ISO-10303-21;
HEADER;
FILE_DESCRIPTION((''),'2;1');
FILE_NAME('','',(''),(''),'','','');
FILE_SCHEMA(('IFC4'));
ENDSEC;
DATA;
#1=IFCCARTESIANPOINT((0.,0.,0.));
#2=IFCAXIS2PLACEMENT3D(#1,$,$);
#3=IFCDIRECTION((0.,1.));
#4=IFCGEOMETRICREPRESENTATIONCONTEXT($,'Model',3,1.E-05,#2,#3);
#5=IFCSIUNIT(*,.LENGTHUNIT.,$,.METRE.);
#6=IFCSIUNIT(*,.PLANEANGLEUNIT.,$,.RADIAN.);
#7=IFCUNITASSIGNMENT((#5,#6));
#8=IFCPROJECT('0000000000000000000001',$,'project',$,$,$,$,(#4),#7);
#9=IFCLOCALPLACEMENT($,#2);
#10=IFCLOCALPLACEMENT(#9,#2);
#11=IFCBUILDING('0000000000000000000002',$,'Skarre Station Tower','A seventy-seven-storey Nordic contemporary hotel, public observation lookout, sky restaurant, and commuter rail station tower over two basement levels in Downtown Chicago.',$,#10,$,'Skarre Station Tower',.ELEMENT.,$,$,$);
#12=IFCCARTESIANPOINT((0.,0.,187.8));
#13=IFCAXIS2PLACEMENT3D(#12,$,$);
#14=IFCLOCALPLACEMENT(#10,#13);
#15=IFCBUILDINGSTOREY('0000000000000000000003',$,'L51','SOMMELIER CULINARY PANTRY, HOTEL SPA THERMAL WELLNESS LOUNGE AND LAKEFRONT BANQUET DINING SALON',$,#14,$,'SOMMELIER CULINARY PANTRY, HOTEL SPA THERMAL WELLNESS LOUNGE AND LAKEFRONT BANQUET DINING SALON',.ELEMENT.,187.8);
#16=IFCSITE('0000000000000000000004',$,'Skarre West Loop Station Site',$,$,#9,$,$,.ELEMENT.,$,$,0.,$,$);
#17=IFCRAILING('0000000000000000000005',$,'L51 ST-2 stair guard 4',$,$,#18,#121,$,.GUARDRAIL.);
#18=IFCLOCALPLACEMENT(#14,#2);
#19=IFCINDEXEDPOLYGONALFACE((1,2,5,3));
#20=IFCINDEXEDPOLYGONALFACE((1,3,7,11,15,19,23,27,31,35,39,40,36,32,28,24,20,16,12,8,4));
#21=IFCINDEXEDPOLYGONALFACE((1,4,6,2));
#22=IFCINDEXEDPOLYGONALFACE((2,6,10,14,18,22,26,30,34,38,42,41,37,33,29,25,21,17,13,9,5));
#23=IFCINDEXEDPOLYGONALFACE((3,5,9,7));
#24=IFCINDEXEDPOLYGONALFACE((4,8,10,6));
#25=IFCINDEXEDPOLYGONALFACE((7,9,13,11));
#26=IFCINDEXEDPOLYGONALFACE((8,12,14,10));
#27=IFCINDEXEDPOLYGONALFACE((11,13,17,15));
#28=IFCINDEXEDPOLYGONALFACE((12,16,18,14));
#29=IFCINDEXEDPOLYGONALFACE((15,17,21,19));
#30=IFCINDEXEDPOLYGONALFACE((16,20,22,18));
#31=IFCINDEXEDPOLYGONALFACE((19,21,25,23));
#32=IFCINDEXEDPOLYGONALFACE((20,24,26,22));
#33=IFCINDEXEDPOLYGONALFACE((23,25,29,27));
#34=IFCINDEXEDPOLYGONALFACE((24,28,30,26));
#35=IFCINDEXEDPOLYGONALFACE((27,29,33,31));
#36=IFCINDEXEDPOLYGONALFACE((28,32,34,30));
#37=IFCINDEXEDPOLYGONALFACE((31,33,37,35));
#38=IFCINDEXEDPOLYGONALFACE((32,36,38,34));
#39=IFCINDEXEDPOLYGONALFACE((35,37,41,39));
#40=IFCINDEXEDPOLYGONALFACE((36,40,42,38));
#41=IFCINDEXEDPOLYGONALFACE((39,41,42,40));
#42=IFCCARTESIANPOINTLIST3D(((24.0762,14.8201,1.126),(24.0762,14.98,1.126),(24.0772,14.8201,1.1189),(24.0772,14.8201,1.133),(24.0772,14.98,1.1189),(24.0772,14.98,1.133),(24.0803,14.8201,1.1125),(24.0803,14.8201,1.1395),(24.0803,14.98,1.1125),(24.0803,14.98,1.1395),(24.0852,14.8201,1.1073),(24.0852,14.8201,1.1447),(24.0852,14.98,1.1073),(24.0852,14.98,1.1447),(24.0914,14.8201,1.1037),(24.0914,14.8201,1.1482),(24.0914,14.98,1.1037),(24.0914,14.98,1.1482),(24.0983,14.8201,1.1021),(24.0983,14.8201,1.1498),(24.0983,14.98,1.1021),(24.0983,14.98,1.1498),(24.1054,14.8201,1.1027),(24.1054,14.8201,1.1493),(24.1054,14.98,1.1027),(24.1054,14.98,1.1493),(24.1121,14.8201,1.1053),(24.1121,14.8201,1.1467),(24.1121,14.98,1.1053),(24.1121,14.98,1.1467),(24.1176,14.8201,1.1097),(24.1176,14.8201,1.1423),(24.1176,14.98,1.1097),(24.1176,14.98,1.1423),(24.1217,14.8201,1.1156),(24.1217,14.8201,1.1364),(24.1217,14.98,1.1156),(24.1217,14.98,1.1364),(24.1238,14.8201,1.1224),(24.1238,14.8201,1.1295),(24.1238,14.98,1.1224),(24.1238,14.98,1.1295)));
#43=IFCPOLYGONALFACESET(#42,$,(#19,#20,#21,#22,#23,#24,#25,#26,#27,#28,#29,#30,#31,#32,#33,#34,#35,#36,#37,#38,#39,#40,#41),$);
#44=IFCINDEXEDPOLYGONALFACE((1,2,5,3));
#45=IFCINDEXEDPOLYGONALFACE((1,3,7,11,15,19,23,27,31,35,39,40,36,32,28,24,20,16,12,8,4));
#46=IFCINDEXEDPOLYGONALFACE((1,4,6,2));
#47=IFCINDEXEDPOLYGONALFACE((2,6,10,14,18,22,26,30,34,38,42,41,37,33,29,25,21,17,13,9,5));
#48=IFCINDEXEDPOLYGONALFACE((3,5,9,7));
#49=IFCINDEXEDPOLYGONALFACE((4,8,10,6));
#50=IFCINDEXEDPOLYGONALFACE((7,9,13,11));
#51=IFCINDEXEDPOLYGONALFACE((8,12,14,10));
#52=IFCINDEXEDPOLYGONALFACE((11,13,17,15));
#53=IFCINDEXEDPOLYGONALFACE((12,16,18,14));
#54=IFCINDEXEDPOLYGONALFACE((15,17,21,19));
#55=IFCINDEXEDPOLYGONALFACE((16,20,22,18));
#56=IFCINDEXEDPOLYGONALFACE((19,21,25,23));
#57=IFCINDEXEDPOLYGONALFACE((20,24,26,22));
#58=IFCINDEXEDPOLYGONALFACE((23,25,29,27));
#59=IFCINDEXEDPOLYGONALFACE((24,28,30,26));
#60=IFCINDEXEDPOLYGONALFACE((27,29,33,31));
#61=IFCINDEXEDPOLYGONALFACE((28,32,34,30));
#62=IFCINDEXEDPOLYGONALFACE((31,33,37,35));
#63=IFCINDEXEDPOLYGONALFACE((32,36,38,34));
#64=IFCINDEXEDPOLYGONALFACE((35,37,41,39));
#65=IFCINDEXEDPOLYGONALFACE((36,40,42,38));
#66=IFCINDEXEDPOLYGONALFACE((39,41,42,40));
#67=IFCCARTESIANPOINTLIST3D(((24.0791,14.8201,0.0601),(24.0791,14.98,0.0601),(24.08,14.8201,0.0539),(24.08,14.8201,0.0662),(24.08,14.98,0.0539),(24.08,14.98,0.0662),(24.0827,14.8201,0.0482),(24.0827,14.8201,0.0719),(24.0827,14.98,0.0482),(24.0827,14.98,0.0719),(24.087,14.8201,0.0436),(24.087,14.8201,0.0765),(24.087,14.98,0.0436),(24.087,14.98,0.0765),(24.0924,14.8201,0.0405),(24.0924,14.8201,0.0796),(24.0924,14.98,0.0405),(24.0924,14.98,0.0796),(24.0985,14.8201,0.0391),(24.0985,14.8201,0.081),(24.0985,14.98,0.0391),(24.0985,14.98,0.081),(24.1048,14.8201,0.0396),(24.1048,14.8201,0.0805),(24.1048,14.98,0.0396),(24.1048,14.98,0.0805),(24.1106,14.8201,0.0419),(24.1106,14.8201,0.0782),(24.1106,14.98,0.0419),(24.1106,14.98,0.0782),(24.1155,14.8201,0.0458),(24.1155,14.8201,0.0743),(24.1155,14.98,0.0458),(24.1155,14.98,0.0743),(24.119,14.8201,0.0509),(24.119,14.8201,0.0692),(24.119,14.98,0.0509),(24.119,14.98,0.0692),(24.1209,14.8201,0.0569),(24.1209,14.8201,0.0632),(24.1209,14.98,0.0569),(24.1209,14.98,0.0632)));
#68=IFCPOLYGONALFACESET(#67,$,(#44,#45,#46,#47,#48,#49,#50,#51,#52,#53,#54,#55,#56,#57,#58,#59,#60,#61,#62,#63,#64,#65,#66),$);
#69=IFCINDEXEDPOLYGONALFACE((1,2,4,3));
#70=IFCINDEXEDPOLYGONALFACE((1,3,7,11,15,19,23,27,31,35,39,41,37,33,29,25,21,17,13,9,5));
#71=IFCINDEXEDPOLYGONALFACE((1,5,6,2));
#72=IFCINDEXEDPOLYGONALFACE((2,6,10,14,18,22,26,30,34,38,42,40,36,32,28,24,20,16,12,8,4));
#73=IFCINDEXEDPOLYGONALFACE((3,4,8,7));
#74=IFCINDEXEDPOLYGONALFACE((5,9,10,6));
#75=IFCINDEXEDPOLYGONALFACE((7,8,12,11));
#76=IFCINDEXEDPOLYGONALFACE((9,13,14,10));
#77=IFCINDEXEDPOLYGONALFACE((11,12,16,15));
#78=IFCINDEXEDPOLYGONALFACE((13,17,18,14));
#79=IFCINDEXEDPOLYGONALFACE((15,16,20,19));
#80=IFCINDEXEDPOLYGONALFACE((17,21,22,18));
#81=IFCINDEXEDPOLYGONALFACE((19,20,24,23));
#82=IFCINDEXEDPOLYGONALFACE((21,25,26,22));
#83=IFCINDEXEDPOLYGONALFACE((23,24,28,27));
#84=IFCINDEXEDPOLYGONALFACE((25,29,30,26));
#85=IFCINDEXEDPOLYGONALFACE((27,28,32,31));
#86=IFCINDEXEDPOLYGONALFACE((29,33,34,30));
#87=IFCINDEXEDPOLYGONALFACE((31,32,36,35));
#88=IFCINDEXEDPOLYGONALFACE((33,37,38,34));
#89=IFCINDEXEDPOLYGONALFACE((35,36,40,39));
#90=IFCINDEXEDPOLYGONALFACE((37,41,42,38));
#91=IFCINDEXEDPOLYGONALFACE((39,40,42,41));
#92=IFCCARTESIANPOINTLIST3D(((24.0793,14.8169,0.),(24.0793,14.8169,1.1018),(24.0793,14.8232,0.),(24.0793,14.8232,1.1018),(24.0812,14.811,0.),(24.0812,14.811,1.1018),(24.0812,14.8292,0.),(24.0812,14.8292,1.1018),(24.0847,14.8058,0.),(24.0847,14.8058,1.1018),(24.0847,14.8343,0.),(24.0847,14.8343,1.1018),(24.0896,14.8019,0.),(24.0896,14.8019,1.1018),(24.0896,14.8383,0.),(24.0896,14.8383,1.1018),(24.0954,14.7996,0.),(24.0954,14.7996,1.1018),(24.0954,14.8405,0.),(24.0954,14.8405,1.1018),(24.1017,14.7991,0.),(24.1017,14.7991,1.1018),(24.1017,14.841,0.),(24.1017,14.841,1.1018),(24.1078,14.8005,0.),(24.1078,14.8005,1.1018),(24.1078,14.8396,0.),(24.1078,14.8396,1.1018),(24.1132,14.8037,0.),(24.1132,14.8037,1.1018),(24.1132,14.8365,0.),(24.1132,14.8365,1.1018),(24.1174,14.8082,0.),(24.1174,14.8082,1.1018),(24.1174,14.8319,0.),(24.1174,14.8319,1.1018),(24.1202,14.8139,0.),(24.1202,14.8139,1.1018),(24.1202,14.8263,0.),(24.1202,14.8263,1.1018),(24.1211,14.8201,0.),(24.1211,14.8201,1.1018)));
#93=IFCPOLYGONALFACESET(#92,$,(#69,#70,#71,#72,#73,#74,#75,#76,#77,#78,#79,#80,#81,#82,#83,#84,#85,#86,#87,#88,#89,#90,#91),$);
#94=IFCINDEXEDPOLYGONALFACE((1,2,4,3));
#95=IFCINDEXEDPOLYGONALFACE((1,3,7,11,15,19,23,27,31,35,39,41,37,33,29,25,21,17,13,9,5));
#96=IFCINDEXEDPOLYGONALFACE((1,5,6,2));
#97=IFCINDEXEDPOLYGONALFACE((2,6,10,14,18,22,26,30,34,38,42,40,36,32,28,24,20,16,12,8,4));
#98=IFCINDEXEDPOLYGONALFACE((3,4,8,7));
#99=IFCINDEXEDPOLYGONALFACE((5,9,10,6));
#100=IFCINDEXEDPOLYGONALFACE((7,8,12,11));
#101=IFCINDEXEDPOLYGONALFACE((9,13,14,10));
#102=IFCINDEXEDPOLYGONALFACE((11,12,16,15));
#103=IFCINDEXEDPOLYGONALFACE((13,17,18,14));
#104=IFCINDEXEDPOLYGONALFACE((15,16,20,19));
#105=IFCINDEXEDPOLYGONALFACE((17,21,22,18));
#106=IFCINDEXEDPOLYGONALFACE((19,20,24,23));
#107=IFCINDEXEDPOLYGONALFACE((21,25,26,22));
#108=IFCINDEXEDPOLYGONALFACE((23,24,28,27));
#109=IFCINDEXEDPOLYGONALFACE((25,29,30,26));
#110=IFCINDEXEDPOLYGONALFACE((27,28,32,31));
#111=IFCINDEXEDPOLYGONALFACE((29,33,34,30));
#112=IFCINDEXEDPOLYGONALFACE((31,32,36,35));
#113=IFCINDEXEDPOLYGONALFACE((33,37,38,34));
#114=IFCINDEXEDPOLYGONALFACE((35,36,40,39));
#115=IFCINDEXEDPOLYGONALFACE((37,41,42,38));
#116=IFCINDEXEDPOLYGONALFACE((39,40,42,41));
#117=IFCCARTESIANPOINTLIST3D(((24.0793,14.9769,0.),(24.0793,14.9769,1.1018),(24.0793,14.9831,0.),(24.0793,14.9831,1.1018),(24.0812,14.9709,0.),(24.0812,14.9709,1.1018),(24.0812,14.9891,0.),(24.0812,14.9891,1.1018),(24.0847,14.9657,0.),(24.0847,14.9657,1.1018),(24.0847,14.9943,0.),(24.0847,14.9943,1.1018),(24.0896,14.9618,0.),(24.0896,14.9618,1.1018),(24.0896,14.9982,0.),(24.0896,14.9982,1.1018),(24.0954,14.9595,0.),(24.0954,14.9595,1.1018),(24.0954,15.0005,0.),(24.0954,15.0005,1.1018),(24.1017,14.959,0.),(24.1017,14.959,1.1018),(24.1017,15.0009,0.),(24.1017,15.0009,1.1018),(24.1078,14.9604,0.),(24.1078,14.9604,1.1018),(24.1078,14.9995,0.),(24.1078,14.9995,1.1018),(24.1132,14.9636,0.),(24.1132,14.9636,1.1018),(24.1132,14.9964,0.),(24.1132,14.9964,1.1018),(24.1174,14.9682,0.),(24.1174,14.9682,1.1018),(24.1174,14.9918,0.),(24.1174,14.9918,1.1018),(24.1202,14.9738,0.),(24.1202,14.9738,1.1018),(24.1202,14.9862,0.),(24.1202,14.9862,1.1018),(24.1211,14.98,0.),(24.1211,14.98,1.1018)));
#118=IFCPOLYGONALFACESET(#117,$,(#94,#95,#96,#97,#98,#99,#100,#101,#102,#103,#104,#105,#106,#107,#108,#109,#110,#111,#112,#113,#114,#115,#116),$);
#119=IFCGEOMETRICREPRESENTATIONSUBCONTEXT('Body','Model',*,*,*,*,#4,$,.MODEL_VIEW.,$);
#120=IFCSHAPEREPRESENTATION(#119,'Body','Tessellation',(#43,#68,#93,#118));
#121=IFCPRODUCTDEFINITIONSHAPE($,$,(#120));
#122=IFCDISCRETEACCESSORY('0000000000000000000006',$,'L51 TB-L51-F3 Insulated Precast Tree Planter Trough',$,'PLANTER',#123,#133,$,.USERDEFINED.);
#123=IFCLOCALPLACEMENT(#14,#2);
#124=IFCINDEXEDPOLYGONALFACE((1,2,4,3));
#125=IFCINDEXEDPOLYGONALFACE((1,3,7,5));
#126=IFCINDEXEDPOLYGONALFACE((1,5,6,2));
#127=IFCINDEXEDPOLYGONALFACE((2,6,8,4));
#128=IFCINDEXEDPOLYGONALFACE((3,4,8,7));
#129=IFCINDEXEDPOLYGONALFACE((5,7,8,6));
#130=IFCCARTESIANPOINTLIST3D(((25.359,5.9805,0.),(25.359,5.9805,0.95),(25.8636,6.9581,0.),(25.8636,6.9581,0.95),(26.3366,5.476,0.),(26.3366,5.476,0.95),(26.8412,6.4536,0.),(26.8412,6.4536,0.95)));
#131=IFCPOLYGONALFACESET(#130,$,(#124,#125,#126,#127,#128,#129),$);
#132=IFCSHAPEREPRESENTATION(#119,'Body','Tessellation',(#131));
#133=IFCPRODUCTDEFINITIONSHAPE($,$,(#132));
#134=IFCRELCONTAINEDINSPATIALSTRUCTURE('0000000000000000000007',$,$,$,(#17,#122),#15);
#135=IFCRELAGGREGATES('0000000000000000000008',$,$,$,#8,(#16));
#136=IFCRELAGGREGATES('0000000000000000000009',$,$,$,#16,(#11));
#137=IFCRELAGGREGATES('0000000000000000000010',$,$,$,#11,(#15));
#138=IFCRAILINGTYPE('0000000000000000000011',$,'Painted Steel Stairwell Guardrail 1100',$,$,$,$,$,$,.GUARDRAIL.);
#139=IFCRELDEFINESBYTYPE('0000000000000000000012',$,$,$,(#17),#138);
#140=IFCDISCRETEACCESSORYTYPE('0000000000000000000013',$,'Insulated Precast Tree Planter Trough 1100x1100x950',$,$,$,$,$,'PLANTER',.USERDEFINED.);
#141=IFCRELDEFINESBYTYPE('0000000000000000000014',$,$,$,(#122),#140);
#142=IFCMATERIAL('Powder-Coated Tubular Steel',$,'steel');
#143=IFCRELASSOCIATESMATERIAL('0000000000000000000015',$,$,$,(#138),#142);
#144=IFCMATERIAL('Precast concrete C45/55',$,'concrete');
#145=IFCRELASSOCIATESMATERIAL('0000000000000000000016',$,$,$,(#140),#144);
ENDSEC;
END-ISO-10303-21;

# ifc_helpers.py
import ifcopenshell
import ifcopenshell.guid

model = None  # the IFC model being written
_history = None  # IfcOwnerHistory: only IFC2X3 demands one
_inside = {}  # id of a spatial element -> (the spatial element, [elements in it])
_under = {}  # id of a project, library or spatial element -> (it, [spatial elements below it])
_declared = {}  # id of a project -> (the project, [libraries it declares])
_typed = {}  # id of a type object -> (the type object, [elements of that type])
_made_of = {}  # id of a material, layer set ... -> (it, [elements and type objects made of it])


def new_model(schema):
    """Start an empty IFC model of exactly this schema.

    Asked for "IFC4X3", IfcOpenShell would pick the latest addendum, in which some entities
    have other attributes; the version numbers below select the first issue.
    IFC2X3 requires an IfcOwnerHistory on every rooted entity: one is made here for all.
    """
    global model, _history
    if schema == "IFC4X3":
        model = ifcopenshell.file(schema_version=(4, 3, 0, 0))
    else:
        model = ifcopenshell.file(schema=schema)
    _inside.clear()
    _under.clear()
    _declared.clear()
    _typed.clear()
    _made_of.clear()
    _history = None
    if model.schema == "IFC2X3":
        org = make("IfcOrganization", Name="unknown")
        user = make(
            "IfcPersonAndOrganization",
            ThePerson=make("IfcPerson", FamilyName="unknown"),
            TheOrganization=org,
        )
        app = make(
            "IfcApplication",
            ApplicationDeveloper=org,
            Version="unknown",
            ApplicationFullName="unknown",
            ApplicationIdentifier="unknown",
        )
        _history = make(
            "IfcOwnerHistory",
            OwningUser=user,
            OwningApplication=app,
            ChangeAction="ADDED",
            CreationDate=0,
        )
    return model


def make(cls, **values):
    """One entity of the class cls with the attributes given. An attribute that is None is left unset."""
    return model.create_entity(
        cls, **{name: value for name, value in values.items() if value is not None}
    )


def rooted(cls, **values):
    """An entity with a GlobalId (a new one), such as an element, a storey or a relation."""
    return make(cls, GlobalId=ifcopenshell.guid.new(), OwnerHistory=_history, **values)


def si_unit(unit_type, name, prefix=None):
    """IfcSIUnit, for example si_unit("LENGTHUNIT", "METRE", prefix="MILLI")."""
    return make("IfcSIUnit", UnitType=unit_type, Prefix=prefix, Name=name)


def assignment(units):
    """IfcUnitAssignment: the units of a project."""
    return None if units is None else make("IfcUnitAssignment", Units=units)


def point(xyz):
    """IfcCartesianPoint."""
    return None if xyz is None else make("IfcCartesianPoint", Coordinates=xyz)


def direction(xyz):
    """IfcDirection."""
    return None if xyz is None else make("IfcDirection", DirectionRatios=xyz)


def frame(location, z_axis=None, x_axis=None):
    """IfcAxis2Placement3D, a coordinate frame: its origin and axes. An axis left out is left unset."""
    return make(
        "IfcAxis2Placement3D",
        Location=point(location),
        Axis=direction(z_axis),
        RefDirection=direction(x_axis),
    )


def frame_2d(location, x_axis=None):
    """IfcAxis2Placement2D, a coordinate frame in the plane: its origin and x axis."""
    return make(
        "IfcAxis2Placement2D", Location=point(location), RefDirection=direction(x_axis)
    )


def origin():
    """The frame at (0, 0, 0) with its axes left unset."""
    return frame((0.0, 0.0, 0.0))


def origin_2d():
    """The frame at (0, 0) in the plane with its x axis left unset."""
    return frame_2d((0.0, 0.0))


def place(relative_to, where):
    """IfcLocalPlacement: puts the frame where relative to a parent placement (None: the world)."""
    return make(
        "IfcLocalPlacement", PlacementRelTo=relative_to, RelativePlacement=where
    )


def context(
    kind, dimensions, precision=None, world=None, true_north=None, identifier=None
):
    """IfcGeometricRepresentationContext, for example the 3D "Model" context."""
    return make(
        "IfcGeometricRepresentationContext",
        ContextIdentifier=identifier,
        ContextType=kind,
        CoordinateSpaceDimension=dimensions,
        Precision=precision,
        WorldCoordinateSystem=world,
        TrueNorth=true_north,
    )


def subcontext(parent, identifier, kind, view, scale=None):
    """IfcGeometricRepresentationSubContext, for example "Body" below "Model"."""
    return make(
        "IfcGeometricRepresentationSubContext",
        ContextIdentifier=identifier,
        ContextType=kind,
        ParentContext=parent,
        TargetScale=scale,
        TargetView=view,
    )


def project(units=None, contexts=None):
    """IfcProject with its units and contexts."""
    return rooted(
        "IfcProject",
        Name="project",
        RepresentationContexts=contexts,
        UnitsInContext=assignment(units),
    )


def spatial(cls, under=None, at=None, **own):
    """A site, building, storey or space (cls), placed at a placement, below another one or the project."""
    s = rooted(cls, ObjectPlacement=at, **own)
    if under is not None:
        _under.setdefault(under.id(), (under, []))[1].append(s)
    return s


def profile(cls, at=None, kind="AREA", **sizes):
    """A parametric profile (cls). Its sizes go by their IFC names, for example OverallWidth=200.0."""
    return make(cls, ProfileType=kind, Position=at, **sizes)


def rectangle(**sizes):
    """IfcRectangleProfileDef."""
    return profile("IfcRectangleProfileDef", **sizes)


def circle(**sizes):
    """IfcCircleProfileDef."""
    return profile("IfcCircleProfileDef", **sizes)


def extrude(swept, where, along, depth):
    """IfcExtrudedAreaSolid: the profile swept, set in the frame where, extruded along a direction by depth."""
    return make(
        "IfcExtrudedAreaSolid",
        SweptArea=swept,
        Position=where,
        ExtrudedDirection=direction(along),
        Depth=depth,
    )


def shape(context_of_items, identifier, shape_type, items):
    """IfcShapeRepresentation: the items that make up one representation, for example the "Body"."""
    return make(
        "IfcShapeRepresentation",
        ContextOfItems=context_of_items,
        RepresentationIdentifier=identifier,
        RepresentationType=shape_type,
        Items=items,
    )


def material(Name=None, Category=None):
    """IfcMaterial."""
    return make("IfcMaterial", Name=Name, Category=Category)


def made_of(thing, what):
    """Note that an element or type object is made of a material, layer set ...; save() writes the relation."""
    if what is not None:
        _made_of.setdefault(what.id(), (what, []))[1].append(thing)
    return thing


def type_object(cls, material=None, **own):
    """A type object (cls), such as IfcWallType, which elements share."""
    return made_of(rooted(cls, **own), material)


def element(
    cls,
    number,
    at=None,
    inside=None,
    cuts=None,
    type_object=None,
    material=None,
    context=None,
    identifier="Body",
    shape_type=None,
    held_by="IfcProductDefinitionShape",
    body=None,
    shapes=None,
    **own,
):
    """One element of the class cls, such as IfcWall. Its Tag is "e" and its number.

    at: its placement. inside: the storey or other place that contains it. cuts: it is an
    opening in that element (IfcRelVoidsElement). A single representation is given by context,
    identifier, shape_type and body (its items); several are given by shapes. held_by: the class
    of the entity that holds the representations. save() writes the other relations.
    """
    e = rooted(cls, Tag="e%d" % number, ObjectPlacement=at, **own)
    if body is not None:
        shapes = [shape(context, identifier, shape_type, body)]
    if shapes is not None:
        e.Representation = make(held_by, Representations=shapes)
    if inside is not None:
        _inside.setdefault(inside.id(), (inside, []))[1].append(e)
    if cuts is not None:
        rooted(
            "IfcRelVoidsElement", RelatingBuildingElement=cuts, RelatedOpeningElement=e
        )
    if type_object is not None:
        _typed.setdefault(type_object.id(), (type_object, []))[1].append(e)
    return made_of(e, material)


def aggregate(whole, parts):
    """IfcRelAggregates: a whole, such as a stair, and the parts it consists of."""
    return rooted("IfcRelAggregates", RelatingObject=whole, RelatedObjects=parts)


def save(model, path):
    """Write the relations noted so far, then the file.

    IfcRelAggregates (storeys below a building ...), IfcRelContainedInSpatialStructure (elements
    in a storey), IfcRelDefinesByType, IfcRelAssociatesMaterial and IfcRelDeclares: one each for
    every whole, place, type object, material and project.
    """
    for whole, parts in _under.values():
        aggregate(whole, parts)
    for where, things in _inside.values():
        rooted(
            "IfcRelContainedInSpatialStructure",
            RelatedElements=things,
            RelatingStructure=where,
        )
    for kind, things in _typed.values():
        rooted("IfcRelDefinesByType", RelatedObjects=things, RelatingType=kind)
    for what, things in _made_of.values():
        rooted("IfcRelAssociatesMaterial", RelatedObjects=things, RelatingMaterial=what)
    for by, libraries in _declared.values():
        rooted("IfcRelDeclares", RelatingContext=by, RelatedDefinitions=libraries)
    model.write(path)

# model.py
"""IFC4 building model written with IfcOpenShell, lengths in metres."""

from ifc_helpers import new_model, si_unit, direction, frame, origin, origin_2d, place, context, subcontext, project, spatial, rectangle, circle, extrude, material, type_object, element, save


model = new_model("IFC4")

# Units and contexts
model_context = context("Model", 3, precision=1e-05, world=origin(), true_north=direction((0.0, 1.0)))
body_context = subcontext(model_context, "Body", "Model", "MODEL_VIEW")
ifc_project = project(units=[si_unit("LENGTHUNIT", "METRE"), si_unit("PLANEANGLEUNIT", "RADIAN")], contexts=[model_context])

# Site, building, storey
site_placement = place(None, origin())
site = spatial("IfcSite", under=ifc_project, at=site_placement, Name="Skarre West Loop Station Site", CompositionType="ELEMENT", RefElevation=0.0)
building_placement = place(site_placement, origin())
building = spatial("IfcBuilding", under=site, at=building_placement, Name="Skarre Station Tower", Description="A seventy-seven-storey Nordic contemporary hotel, public observation lookout, sky restaurant, and commuter rail station tower over two basement levels in Downtown Chicago.", LongName="Skarre Station Tower", CompositionType="ELEMENT")
storey_placement = place(building_placement, frame((0.0, 0.0, 187.8)))
storey = spatial("IfcBuildingStorey", under=building, at=storey_placement, Name="L51", Description="SOMMELIER CULINARY PANTRY, HOTEL SPA THERMAL WELLNESS LOUNGE AND LAKEFRONT BANQUET DINING SALON", LongName="SOMMELIER CULINARY PANTRY, HOTEL SPA THERMAL WELLNESS LOUNGE AND LAKEFRONT BANQUET DINING SALON", CompositionType="ELEMENT", Elevation=187.8)

# Railing
ifc_material_1 = material(Name="Powder-Coated Tubular Steel", Category="steel")
railing_type_1 = type_object("IfcRailingType", Name="Painted Steel Stairwell Guardrail 1100", PredefinedType="GUARDRAIL", material=ifc_material_1)
railing_1_placement = place(storey_placement, frame((24.1001, 14.8201, 0.0)))
element("IfcRailing", 1, at=railing_1_placement, inside=storey, type_object=railing_type_1, Name="L51 ST-2 stair guard 4", PredefinedType="GUARDRAIL", context=body_context, shape_type="SweptSolid", body=[
    extrude(circle(Radius=0.0239, at=origin_2d()), frame((0.0, 0.0, 1.126), z_axis=(0.0, 1.0, 0.0), x_axis=(-1.0, 0.0, 0.0)), (0.0, 0.0, 1.0), 0.1599),
    extrude(circle(Radius=0.021, at=origin_2d()), frame((0.0, 0.0, 0.0601), z_axis=(0.0, 1.0, 0.0), x_axis=(-1.0, 0.0, 0.0)), (0.0, 0.0, 1.0), 0.1599),
    extrude(circle(Radius=0.021, at=origin_2d()), origin(), (0.0, 0.0, 1.0), 1.1018),
    extrude(circle(Radius=0.021, at=origin_2d()), frame((0.0, 0.1599, 0.0)), (0.0, 0.0, 1.0), 1.1018),
])

# Discrete accessory
ifc_material_2 = material(Name="Precast concrete C45/55", Category="concrete")
discrete_accessory_type = type_object("IfcDiscreteAccessoryType", Name="Insulated Precast Tree Planter Trough 1100x1100x950", ElementType="PLANTER", PredefinedType="USERDEFINED", material=ifc_material_2)
discrete_accessory_placement = place(storey_placement, frame((26.1001, 6.217, 0.0), z_axis=(0.0, 0.0, 1.0), x_axis=(-0.458634, -0.888625, 0.0)))
element("IfcDiscreteAccessory", 2, at=discrete_accessory_placement, inside=storey, type_object=discrete_accessory_type, Name="L51 TB-L51-F3 Insulated Precast Tree Planter Trough", ObjectType="PLANTER", PredefinedType="USERDEFINED", context=body_context, shape_type="SweptSolid", body=[
    extrude(rectangle(XDim=1.1001, YDim=1.1001, at=origin_2d()), origin(), (0.0, 0.0, 1.0), 0.95),
])

save(model, "model.ifc")
